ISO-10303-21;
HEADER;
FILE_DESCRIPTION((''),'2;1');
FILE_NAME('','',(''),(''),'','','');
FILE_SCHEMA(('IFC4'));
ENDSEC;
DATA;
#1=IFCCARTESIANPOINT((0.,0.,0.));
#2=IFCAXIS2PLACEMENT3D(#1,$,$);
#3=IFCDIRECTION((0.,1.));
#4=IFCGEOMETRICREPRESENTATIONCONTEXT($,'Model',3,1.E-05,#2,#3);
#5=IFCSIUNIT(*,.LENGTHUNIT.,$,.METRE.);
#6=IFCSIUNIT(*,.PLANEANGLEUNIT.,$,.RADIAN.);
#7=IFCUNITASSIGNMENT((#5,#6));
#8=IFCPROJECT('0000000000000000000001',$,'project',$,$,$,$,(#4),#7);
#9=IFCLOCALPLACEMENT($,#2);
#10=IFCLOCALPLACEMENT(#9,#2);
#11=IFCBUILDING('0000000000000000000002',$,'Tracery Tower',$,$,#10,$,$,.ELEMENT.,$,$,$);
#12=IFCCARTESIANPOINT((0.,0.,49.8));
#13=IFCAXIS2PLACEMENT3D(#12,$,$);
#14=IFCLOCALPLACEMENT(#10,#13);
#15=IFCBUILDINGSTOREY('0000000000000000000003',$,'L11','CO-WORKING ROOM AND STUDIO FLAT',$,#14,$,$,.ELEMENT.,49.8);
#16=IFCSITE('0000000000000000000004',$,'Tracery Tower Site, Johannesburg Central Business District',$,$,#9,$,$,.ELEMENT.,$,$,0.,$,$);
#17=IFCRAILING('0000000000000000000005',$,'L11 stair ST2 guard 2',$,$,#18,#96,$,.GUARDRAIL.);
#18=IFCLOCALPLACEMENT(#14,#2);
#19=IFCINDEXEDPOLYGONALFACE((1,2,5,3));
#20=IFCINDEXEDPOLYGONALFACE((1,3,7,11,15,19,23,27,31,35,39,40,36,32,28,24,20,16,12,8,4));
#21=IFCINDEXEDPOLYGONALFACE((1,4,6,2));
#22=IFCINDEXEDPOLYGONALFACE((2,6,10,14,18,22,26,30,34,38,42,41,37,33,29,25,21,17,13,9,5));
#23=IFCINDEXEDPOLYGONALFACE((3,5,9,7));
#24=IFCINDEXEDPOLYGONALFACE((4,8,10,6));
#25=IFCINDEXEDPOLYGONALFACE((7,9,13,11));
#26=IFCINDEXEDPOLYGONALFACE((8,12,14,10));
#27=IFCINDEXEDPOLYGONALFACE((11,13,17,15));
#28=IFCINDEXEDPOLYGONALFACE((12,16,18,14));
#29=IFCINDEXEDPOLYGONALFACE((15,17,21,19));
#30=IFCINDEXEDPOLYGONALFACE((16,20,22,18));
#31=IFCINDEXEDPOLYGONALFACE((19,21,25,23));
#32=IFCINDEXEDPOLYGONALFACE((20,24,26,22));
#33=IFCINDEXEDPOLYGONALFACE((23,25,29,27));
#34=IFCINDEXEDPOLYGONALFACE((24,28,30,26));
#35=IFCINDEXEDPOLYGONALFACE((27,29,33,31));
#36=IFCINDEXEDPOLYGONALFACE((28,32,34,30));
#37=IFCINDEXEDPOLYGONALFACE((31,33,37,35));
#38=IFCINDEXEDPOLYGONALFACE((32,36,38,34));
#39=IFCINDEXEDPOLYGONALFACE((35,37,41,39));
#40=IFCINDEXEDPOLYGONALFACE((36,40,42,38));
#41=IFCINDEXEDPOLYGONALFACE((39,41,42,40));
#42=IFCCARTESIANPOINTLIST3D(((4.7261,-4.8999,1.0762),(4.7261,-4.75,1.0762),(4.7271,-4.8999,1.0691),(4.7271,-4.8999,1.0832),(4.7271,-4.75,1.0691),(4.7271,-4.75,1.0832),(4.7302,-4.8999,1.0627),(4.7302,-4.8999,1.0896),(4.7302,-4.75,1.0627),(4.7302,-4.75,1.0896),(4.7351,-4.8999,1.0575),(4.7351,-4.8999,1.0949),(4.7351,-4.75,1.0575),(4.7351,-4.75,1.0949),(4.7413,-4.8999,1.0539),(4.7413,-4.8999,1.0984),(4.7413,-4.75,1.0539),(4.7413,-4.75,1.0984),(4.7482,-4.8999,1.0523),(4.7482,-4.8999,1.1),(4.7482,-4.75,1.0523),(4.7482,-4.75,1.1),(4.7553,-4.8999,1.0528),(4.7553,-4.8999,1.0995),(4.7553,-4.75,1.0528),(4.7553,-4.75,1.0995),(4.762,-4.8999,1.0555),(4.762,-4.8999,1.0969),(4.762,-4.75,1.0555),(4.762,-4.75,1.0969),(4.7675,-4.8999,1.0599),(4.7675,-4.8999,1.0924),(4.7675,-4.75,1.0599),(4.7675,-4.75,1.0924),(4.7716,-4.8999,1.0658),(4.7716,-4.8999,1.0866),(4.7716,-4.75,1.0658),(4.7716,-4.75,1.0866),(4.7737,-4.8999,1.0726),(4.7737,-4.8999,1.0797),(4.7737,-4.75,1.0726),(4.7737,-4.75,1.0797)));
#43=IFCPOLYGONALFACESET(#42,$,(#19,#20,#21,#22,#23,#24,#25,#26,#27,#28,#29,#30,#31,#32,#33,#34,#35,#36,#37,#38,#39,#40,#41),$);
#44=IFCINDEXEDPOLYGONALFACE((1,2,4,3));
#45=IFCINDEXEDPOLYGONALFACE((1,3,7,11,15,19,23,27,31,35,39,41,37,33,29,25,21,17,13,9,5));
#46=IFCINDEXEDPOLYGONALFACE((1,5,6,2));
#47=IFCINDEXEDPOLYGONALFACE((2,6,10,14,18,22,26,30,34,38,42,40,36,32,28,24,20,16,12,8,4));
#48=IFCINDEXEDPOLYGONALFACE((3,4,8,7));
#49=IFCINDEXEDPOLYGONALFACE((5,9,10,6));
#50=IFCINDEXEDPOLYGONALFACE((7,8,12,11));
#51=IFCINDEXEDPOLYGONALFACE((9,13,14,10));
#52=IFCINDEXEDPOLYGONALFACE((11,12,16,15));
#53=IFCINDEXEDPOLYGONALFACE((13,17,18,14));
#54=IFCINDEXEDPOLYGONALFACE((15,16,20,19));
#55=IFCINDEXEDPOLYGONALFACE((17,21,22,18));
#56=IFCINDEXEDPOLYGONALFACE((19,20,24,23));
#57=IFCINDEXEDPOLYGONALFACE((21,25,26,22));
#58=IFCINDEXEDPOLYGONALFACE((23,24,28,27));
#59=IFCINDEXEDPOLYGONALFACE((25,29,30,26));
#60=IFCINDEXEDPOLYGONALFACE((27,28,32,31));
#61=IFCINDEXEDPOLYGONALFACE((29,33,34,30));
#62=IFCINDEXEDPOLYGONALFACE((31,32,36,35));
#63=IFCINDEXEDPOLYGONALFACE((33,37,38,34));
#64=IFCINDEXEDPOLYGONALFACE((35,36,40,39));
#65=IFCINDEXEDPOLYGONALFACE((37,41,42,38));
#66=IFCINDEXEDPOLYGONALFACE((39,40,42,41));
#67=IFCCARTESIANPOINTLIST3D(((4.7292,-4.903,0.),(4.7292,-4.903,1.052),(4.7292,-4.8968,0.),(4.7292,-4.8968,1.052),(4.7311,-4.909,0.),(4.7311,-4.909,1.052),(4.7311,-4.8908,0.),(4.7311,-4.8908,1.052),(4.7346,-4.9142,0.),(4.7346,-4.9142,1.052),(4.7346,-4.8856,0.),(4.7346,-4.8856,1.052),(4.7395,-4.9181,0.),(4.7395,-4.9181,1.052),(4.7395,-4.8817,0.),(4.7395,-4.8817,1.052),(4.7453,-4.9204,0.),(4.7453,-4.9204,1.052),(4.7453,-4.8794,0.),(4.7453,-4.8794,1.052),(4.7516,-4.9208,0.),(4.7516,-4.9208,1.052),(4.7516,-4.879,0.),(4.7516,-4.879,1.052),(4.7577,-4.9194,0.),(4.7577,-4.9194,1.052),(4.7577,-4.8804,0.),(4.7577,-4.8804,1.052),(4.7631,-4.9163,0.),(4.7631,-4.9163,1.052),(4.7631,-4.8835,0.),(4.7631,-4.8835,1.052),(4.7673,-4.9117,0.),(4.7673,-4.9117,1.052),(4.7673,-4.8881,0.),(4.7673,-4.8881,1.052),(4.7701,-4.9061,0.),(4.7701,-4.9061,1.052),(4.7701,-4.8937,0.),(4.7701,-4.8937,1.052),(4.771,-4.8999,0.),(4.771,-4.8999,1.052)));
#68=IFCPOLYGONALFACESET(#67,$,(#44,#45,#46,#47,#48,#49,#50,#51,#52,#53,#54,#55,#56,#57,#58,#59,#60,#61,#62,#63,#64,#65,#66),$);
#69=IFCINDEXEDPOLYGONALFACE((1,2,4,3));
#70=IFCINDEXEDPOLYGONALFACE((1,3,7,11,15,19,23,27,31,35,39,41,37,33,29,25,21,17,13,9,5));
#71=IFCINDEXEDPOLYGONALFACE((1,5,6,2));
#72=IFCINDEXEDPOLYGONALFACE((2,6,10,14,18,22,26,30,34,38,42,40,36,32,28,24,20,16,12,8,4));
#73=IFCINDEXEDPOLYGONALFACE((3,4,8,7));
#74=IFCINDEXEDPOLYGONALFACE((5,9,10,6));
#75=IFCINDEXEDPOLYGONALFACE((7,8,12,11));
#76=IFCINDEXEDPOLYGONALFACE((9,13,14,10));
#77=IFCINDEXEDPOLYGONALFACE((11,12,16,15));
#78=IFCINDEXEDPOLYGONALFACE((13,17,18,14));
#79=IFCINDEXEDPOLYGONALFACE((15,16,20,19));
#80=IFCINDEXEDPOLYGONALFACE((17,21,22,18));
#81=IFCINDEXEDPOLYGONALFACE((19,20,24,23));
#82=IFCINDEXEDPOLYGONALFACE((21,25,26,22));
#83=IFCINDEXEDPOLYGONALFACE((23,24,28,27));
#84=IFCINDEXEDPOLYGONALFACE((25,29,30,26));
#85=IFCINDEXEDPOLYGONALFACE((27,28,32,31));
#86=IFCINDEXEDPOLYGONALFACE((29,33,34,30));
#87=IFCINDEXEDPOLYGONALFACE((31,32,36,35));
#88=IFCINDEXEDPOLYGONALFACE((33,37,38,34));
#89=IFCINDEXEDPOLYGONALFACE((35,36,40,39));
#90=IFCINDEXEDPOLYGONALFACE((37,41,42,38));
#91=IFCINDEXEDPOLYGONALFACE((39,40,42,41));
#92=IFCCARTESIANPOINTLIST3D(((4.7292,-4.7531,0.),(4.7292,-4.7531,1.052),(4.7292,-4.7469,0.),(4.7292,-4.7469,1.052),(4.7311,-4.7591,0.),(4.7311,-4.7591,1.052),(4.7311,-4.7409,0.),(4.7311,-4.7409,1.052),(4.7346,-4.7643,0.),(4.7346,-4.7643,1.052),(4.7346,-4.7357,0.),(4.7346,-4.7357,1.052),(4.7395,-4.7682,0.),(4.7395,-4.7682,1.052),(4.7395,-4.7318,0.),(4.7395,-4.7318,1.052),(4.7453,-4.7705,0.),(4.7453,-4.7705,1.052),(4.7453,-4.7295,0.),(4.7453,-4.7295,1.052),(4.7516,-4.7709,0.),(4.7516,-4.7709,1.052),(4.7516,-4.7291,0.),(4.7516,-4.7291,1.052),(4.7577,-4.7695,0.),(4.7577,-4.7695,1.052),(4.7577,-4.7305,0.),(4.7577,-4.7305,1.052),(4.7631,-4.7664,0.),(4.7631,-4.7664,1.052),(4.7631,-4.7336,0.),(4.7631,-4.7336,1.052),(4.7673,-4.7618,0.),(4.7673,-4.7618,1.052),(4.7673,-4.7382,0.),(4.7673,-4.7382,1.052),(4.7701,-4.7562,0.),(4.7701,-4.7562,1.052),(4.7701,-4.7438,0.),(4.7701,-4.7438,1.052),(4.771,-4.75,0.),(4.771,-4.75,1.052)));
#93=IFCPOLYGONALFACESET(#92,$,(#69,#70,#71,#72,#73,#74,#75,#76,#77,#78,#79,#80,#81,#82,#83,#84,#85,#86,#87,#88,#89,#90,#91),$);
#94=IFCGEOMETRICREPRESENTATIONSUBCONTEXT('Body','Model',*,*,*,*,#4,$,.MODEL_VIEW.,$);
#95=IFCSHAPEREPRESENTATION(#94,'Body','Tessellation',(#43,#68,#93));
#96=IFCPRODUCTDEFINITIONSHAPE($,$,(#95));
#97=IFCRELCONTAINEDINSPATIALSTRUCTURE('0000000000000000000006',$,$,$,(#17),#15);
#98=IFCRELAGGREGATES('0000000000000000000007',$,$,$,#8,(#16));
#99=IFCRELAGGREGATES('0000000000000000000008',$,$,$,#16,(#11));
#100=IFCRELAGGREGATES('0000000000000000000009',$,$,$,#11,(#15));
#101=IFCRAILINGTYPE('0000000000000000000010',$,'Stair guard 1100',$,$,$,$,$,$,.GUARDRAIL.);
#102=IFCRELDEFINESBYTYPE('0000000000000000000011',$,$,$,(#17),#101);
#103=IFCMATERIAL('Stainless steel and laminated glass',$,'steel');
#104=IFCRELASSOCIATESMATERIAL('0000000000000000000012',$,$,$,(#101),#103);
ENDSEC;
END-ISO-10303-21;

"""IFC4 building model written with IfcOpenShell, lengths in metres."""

from ifc_helpers import new_model, si_unit, direction, frame, origin, origin_2d, place, context, subcontext, project, spatial, circle, extrude, material, type_object, element, save


model = new_model("IFC4")

# Units and contexts
model_context = context("Model", 3, precision=1e-05, world=origin(), true_north=direction((0.0, 1.0)))
body_context = subcontext(model_context, "Body", "Model", "MODEL_VIEW")
ifc_project = project(units=[si_unit("LENGTHUNIT", "METRE"), si_unit("PLANEANGLEUNIT", "RADIAN")], contexts=[model_context])

# Site, building, storey
site_placement = place(None, origin())
site = spatial("IfcSite", under=ifc_project, at=site_placement, Name="Tracery Tower Site, Johannesburg Central Business District", CompositionType="ELEMENT", RefElevation=0.0)
building_placement = place(site_placement, origin())
building = spatial("IfcBuilding", under=site, at=building_placement, Name="Tracery Tower", CompositionType="ELEMENT")
storey_placement = place(building_placement, frame((0.0, 0.0, 49.8)))
storey = spatial("IfcBuildingStorey", under=building, at=storey_placement, Name="L11", Description="CO-WORKING ROOM AND STUDIO FLAT", CompositionType="ELEMENT", Elevation=49.8)

# Railing
ifc_material_1 = material(Name="Stainless steel and laminated glass", Category="steel")
railing_type_1 = type_object("IfcRailingType", Name="Stair guard 1100", PredefinedType="GUARDRAIL", material=ifc_material_1)
railing_1_placement = place(storey_placement, frame((4.75, -4.8999, 0.0)))
element("IfcRailing", 1, at=railing_1_placement, inside=storey, type_object=railing_type_1, Name="L11 stair ST2 guard 2", PredefinedType="GUARDRAIL", context=body_context, shape_type="SweptSolid", body=[
    extrude(circle(Radius=0.0239, at=origin_2d()), frame((0.0, 0.0, 1.0762), z_axis=(0.0, 1.0, 0.0), x_axis=(-1.0, 0.0, 0.0)), (0.0, 0.0, 1.0), 0.1499),
    extrude(circle(Radius=0.021, at=origin_2d()), origin(), (0.0, 0.0, 1.0), 1.052),
    extrude(circle(Radius=0.021, at=origin_2d()), frame((0.0, 0.1499, 0.0)), (0.0, 0.0, 1.0), 1.052),
])

save(model, "model.ifc")
